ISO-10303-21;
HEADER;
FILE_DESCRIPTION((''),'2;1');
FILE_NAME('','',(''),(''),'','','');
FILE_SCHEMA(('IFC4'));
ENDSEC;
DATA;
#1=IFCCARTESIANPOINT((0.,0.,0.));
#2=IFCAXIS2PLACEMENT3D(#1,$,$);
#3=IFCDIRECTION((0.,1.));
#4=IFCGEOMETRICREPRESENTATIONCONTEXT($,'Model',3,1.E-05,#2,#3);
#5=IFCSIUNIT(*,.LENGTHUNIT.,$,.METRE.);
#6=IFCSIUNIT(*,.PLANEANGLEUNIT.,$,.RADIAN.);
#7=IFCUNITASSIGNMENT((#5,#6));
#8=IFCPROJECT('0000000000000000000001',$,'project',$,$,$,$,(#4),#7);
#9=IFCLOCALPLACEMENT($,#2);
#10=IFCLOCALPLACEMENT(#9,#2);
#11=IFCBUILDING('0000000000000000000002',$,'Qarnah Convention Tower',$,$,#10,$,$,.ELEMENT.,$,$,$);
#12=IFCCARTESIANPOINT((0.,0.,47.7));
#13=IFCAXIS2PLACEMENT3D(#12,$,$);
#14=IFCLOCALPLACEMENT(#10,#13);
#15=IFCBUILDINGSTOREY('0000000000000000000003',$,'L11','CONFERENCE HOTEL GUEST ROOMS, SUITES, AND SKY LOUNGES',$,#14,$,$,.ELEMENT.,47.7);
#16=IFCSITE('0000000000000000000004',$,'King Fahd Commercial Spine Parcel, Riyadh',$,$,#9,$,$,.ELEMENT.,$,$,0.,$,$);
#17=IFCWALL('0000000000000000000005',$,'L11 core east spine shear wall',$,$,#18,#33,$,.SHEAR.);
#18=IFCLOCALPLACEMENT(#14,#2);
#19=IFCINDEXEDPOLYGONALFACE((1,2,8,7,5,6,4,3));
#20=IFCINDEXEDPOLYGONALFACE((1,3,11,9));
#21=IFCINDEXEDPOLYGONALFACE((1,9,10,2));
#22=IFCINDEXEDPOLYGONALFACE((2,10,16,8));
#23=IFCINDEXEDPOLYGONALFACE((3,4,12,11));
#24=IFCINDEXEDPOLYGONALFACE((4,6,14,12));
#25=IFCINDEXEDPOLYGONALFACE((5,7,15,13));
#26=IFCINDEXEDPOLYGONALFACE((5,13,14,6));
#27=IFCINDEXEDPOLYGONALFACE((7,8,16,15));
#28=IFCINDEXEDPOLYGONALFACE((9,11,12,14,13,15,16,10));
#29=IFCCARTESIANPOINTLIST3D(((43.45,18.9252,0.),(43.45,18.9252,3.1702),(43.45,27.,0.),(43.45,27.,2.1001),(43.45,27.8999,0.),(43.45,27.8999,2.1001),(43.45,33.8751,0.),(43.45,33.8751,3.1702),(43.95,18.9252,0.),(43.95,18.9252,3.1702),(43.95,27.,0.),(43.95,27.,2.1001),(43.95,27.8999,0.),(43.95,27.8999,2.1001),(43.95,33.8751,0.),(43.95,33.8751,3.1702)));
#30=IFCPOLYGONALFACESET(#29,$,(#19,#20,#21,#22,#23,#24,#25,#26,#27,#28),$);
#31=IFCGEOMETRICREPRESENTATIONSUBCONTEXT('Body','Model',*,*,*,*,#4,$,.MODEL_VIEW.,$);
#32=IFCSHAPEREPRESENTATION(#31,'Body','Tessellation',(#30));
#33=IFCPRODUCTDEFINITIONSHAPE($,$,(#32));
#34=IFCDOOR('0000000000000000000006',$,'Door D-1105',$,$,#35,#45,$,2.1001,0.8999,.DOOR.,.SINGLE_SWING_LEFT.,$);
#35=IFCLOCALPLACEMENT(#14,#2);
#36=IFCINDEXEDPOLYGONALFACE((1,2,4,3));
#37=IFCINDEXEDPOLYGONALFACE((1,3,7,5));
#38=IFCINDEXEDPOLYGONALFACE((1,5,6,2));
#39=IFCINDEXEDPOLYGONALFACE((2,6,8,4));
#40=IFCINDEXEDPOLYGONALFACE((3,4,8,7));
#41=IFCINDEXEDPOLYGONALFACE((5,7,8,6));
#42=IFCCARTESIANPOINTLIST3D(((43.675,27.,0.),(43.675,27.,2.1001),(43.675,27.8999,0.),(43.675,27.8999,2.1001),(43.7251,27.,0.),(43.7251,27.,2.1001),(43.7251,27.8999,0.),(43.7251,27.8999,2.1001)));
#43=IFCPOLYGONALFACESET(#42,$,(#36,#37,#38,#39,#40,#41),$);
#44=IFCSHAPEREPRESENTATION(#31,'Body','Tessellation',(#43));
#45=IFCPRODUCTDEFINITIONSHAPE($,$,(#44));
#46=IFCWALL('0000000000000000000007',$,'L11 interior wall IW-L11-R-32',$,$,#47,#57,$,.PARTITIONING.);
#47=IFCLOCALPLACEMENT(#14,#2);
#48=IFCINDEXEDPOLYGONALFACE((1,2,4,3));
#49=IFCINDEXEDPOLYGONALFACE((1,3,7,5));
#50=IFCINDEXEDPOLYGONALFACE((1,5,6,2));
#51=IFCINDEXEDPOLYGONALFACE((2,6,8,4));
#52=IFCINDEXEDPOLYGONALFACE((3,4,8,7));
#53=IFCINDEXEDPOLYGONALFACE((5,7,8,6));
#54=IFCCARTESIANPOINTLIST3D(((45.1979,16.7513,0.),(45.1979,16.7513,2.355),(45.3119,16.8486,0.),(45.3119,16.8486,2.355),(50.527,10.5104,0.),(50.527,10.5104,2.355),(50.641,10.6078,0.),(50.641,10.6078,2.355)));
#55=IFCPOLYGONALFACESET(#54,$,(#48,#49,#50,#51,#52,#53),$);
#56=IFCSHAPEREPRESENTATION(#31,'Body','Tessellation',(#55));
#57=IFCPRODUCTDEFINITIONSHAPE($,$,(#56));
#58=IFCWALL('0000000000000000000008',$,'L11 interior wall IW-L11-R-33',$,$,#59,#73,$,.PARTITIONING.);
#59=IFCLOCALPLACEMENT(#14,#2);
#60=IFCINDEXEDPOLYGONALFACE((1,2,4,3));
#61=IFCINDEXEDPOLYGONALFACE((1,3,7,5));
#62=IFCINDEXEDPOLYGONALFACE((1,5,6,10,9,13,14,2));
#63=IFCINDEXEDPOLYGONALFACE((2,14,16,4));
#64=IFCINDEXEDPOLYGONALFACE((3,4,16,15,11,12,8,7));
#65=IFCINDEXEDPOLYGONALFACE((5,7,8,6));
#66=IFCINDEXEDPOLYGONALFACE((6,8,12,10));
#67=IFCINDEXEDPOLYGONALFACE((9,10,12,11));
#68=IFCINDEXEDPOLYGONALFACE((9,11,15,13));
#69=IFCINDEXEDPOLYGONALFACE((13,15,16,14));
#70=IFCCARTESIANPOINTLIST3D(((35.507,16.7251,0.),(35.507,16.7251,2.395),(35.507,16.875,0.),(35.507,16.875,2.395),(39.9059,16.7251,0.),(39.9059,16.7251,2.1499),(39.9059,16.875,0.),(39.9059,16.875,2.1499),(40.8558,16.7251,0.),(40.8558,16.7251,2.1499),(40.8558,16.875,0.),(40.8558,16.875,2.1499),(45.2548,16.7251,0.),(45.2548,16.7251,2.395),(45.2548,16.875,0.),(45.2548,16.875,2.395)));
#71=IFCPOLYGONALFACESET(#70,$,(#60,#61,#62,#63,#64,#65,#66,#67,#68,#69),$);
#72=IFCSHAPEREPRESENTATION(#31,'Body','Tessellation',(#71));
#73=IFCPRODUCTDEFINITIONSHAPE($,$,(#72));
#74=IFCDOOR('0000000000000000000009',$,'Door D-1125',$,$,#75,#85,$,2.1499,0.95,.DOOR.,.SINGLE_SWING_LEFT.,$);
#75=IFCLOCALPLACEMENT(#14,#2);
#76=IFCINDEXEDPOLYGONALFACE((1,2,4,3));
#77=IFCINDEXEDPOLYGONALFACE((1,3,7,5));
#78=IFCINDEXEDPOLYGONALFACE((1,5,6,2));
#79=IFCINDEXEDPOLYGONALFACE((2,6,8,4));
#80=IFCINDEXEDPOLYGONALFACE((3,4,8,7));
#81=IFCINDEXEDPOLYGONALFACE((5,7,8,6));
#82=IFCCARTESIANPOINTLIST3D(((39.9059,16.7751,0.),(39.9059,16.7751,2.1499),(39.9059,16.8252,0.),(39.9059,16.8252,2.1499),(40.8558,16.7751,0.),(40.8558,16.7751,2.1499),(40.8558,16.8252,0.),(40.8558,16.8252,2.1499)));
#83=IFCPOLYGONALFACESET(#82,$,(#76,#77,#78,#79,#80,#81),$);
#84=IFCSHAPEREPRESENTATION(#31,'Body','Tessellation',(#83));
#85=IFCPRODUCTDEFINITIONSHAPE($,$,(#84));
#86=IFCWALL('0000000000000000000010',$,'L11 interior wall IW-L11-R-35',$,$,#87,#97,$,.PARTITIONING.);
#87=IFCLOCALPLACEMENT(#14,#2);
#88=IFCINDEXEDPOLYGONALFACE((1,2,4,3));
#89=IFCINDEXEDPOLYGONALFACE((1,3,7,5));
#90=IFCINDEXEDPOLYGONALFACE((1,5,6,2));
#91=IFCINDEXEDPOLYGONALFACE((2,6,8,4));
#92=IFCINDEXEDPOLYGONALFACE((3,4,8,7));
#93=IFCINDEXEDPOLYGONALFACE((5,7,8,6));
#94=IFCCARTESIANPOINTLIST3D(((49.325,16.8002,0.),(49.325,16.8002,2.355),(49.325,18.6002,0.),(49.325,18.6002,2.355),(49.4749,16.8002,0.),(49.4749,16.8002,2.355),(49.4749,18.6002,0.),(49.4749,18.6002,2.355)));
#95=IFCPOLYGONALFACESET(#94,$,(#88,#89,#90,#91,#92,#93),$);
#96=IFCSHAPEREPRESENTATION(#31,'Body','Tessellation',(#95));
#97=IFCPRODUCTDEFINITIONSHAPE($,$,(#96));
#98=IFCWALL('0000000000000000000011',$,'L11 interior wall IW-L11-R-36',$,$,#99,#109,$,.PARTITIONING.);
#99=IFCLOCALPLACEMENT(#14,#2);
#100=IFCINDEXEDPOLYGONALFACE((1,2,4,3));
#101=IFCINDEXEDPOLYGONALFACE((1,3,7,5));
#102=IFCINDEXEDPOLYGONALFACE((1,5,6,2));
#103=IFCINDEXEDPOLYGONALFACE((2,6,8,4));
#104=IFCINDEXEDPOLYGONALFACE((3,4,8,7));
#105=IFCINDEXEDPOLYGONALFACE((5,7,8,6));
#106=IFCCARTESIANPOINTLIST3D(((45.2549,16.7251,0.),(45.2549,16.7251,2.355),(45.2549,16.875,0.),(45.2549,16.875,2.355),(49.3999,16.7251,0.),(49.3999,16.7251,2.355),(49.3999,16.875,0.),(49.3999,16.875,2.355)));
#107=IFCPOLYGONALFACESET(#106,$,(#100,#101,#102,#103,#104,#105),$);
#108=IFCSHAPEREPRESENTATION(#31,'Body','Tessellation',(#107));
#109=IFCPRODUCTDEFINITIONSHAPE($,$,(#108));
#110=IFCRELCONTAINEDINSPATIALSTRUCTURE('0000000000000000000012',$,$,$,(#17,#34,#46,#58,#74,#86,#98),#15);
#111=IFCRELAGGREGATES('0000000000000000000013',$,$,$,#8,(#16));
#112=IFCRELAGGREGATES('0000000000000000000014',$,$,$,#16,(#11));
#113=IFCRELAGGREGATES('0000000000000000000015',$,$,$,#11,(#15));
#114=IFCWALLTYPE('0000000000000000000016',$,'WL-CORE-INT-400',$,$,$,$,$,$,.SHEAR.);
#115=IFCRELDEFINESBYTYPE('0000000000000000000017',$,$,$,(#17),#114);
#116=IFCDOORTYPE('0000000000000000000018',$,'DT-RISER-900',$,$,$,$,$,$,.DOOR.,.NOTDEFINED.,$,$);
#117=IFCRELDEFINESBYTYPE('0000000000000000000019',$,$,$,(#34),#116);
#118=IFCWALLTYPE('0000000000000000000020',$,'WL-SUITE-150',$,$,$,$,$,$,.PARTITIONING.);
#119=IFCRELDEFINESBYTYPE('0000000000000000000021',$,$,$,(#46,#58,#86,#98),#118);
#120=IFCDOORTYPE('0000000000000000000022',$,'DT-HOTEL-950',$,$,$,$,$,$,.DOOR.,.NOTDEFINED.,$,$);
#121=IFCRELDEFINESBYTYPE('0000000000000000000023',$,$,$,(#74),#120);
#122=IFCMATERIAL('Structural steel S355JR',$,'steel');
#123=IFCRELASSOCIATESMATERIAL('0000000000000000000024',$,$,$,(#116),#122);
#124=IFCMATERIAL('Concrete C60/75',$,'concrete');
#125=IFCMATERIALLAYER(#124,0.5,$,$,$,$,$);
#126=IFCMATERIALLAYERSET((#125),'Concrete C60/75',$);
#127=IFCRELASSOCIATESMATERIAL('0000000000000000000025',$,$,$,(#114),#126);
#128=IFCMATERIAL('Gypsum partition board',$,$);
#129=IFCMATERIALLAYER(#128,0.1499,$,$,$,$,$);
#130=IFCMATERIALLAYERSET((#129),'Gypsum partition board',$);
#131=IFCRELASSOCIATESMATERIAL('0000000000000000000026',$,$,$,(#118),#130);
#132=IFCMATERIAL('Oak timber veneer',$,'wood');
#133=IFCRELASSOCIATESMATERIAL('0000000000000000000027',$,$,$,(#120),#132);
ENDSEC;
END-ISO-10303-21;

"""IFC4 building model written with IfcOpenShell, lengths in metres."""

from ifc_helpers import new_model, si_unit, direction, frame, frame_2d, origin, place, context, subcontext, project, spatial, rectangle, extrude, material, layer, layer_set, type_object, element, fill, save


model = new_model("IFC4")

# Units and contexts
model_context = context("Model", 3, precision=1e-05, world=origin(), true_north=direction((0.0, 1.0)))
body_context = subcontext(model_context, "Body", "Model", "MODEL_VIEW")
ifc_project = project(units=[si_unit("LENGTHUNIT", "METRE"), si_unit("PLANEANGLEUNIT", "RADIAN")], contexts=[model_context])

# Site, building, storey
site_placement = place(None, origin())
site = spatial("IfcSite", under=ifc_project, at=site_placement, Name="King Fahd Commercial Spine Parcel, Riyadh", CompositionType="ELEMENT", RefElevation=0.0)
building_placement = place(site_placement, origin())
building = spatial("IfcBuilding", under=site, at=building_placement, Name="Qarnah Convention Tower", CompositionType="ELEMENT")
storey_placement = place(building_placement, frame((0.0, 0.0, 47.7)))
storey = spatial("IfcBuildingStorey", under=building, at=storey_placement, Name="L11", Description="CONFERENCE HOTEL GUEST ROOMS, SUITES, AND SKY LOUNGES", CompositionType="ELEMENT", Elevation=47.7)

# Shared definitions
ifc_material_1 = material(Name="Concrete C60/75", Category="concrete")
ifc_material_2 = material(Name="Structural steel S355JR", Category="steel")

# Shared definitions
door_type_1 = type_object("IfcDoorType", Name="DT-RISER-900", OperationType="NOTDEFINED", PredefinedType="DOOR", material=ifc_material_2)

# Wall, opening, door
ifc_layer_1 = layer(ifc_material_1, 0.5)
ifc_layer_set_1 = layer_set([ifc_layer_1], Name="Concrete C60/75")
wall_type_1 = type_object("IfcWallType", Name="WL-CORE-INT-400", PredefinedType="SHEAR", material=ifc_layer_set_1)
wall_1_placement = place(storey_placement, frame((43.7, 18.925, 0.0), z_axis=(0.0, 0.0, 1.0), x_axis=(0.0, 1.0, 0.0)))
wall_1 = element("IfcWall", 1, at=wall_1_placement, inside=storey, type_object=wall_type_1, Name="L11 core east spine shear wall", PredefinedType="SHEAR", context=body_context, shape_type="SweptSolid", body=[
    extrude(rectangle(XDim=14.95, YDim=0.5, at=frame_2d((7.4751, 0.0))), origin(), (0.0, 0.0, 1.0), 3.1702),
])
opening_1_placement = place(wall_1_placement, frame((8.075, 0.0, 0.0)))
opening_1 = element("IfcOpeningElement", 2, at=opening_1_placement, cuts=wall_1, PredefinedType="OPENING", context=body_context, shape_type="SweptSolid", body=[
    extrude(rectangle(XDim=0.8999, YDim=2.1001, at=frame_2d((0.45, 1.05))), frame((0.0, 0.26, 0.0), z_axis=(0.0, -1.0, 0.0), x_axis=(1.0, 0.0, 0.0)), (0.0, 0.0, 1.0), 0.52),
])
door_1_placement = place(opening_1_placement, origin())
door_1 = element("IfcDoor", 3, at=door_1_placement, inside=storey, type_object=door_type_1, Name="Door D-1105", OperationType="SINGLE_SWING_LEFT", OverallHeight=2.1001, OverallWidth=0.8999, PredefinedType="DOOR", context=body_context, shape_type="SweptSolid", body=[
    extrude(rectangle(XDim=0.8999, YDim=2.1001, at=frame_2d((0.45, 1.05))), frame((0.0, 0.0249, 0.0), z_axis=(0.0, -1.0, 0.0), x_axis=(1.0, 0.0, 0.0)), (0.0, 0.0, 1.0), 0.05),
])
fill(opening_1, door_1)

# Wall
ifc_material_3 = material(Name="Gypsum partition board")
ifc_layer_2 = layer(ifc_material_3, 0.1499)
ifc_layer_set_2 = layer_set([ifc_layer_2], Name="Gypsum partition board")
wall_type_2 = type_object("IfcWallType", Name="WL-SUITE-150", PredefinedType="PARTITIONING", material=ifc_layer_set_2)
wall_2_placement = place(storey_placement, frame((50.584, 10.5591, 0.0), z_axis=(0.0, 0.0, 1.0), x_axis=(-0.649364, 0.760477, 0.0)))
element("IfcWall", 4, at=wall_2_placement, inside=storey, type_object=wall_type_2, Name="L11 interior wall IW-L11-R-32", PredefinedType="PARTITIONING", context=body_context, shape_type="SweptSolid", body=[
    extrude(rectangle(XDim=8.2065, YDim=0.1499, at=frame_2d((4.1033, 0.0))), origin(), (0.0, 0.0, 1.0), 2.355),
])

# Wall, opening, door
wall_3_placement = place(storey_placement, frame((45.2549, 16.8, 0.0), z_axis=(0.0, 0.0, 1.0), x_axis=(-1.0, 0.0, 0.0)))
wall_3 = element("IfcWall", 5, at=wall_3_placement, inside=storey, type_object=wall_type_2, Name="L11 interior wall IW-L11-R-33", PredefinedType="PARTITIONING", context=body_context, shape_type="SweptSolid", body=[
    extrude(rectangle(XDim=9.7478, YDim=0.1499, at=frame_2d((4.874, 0.0))), origin(), (0.0, 0.0, 1.0), 2.395),
])
opening_2_placement = place(wall_3_placement, frame((4.3989, 0.0, 0.0)))
opening_2 = element("IfcOpeningElement", 6, at=opening_2_placement, cuts=wall_3, PredefinedType="OPENING", context=body_context, shape_type="SweptSolid", body=[
    extrude(rectangle(XDim=0.95, YDim=2.1499, at=frame_2d((0.4751, 1.075))), frame((0.0, 0.085, 0.0), z_axis=(0.0, -1.0, 0.0), x_axis=(1.0, 0.0, 0.0)), (0.0, 0.0, 1.0), 0.1699),
])
ifc_material_4 = material(Name="Oak timber veneer", Category="wood")
door_type_2 = type_object("IfcDoorType", Name="DT-HOTEL-950", OperationType="NOTDEFINED", PredefinedType="DOOR", material=ifc_material_4)
door_2_placement = place(opening_2_placement, origin())
door_2 = element("IfcDoor", 7, at=door_2_placement, inside=storey, type_object=door_type_2, Name="Door D-1125", OperationType="SINGLE_SWING_LEFT", OverallHeight=2.1499, OverallWidth=0.95, PredefinedType="DOOR", context=body_context, shape_type="SweptSolid", body=[
    extrude(rectangle(XDim=0.95, YDim=2.1499, at=frame_2d((0.4751, 1.075))), frame((0.0, 0.0249, 0.0), z_axis=(0.0, -1.0, 0.0), x_axis=(1.0, 0.0, 0.0)), (0.0, 0.0, 1.0), 0.05),
])
fill(opening_2, door_2)

# Walls
wall_4_placement = place(storey_placement, frame((49.3999, 18.6001, 0.0), z_axis=(0.0, 0.0, 1.0), x_axis=(0.0, -1.0, 0.0)))
element("IfcWall", 8, at=wall_4_placement, inside=storey, type_object=wall_type_2, Name="L11 interior wall IW-L11-R-35", PredefinedType="PARTITIONING", context=body_context, shape_type="SweptSolid", body=[
    extrude(rectangle(XDim=1.8, YDim=0.1499, at=frame_2d((0.8999, 0.0))), origin(), (0.0, 0.0, 1.0), 2.355),
])
wall_5_placement = place(storey_placement, frame((49.3999, 16.8, 0.0), z_axis=(0.0, 0.0, 1.0), x_axis=(-1.0, 0.0, 0.0)))
element("IfcWall", 9, at=wall_5_placement, inside=storey, type_object=wall_type_2, Name="L11 interior wall IW-L11-R-36", PredefinedType="PARTITIONING", context=body_context, shape_type="SweptSolid", body=[
    extrude(rectangle(XDim=4.145, YDim=0.1499, at=frame_2d((2.0725, 0.0))), origin(), (0.0, 0.0, 1.0), 2.355),
])

save(model, "model.ifc")
